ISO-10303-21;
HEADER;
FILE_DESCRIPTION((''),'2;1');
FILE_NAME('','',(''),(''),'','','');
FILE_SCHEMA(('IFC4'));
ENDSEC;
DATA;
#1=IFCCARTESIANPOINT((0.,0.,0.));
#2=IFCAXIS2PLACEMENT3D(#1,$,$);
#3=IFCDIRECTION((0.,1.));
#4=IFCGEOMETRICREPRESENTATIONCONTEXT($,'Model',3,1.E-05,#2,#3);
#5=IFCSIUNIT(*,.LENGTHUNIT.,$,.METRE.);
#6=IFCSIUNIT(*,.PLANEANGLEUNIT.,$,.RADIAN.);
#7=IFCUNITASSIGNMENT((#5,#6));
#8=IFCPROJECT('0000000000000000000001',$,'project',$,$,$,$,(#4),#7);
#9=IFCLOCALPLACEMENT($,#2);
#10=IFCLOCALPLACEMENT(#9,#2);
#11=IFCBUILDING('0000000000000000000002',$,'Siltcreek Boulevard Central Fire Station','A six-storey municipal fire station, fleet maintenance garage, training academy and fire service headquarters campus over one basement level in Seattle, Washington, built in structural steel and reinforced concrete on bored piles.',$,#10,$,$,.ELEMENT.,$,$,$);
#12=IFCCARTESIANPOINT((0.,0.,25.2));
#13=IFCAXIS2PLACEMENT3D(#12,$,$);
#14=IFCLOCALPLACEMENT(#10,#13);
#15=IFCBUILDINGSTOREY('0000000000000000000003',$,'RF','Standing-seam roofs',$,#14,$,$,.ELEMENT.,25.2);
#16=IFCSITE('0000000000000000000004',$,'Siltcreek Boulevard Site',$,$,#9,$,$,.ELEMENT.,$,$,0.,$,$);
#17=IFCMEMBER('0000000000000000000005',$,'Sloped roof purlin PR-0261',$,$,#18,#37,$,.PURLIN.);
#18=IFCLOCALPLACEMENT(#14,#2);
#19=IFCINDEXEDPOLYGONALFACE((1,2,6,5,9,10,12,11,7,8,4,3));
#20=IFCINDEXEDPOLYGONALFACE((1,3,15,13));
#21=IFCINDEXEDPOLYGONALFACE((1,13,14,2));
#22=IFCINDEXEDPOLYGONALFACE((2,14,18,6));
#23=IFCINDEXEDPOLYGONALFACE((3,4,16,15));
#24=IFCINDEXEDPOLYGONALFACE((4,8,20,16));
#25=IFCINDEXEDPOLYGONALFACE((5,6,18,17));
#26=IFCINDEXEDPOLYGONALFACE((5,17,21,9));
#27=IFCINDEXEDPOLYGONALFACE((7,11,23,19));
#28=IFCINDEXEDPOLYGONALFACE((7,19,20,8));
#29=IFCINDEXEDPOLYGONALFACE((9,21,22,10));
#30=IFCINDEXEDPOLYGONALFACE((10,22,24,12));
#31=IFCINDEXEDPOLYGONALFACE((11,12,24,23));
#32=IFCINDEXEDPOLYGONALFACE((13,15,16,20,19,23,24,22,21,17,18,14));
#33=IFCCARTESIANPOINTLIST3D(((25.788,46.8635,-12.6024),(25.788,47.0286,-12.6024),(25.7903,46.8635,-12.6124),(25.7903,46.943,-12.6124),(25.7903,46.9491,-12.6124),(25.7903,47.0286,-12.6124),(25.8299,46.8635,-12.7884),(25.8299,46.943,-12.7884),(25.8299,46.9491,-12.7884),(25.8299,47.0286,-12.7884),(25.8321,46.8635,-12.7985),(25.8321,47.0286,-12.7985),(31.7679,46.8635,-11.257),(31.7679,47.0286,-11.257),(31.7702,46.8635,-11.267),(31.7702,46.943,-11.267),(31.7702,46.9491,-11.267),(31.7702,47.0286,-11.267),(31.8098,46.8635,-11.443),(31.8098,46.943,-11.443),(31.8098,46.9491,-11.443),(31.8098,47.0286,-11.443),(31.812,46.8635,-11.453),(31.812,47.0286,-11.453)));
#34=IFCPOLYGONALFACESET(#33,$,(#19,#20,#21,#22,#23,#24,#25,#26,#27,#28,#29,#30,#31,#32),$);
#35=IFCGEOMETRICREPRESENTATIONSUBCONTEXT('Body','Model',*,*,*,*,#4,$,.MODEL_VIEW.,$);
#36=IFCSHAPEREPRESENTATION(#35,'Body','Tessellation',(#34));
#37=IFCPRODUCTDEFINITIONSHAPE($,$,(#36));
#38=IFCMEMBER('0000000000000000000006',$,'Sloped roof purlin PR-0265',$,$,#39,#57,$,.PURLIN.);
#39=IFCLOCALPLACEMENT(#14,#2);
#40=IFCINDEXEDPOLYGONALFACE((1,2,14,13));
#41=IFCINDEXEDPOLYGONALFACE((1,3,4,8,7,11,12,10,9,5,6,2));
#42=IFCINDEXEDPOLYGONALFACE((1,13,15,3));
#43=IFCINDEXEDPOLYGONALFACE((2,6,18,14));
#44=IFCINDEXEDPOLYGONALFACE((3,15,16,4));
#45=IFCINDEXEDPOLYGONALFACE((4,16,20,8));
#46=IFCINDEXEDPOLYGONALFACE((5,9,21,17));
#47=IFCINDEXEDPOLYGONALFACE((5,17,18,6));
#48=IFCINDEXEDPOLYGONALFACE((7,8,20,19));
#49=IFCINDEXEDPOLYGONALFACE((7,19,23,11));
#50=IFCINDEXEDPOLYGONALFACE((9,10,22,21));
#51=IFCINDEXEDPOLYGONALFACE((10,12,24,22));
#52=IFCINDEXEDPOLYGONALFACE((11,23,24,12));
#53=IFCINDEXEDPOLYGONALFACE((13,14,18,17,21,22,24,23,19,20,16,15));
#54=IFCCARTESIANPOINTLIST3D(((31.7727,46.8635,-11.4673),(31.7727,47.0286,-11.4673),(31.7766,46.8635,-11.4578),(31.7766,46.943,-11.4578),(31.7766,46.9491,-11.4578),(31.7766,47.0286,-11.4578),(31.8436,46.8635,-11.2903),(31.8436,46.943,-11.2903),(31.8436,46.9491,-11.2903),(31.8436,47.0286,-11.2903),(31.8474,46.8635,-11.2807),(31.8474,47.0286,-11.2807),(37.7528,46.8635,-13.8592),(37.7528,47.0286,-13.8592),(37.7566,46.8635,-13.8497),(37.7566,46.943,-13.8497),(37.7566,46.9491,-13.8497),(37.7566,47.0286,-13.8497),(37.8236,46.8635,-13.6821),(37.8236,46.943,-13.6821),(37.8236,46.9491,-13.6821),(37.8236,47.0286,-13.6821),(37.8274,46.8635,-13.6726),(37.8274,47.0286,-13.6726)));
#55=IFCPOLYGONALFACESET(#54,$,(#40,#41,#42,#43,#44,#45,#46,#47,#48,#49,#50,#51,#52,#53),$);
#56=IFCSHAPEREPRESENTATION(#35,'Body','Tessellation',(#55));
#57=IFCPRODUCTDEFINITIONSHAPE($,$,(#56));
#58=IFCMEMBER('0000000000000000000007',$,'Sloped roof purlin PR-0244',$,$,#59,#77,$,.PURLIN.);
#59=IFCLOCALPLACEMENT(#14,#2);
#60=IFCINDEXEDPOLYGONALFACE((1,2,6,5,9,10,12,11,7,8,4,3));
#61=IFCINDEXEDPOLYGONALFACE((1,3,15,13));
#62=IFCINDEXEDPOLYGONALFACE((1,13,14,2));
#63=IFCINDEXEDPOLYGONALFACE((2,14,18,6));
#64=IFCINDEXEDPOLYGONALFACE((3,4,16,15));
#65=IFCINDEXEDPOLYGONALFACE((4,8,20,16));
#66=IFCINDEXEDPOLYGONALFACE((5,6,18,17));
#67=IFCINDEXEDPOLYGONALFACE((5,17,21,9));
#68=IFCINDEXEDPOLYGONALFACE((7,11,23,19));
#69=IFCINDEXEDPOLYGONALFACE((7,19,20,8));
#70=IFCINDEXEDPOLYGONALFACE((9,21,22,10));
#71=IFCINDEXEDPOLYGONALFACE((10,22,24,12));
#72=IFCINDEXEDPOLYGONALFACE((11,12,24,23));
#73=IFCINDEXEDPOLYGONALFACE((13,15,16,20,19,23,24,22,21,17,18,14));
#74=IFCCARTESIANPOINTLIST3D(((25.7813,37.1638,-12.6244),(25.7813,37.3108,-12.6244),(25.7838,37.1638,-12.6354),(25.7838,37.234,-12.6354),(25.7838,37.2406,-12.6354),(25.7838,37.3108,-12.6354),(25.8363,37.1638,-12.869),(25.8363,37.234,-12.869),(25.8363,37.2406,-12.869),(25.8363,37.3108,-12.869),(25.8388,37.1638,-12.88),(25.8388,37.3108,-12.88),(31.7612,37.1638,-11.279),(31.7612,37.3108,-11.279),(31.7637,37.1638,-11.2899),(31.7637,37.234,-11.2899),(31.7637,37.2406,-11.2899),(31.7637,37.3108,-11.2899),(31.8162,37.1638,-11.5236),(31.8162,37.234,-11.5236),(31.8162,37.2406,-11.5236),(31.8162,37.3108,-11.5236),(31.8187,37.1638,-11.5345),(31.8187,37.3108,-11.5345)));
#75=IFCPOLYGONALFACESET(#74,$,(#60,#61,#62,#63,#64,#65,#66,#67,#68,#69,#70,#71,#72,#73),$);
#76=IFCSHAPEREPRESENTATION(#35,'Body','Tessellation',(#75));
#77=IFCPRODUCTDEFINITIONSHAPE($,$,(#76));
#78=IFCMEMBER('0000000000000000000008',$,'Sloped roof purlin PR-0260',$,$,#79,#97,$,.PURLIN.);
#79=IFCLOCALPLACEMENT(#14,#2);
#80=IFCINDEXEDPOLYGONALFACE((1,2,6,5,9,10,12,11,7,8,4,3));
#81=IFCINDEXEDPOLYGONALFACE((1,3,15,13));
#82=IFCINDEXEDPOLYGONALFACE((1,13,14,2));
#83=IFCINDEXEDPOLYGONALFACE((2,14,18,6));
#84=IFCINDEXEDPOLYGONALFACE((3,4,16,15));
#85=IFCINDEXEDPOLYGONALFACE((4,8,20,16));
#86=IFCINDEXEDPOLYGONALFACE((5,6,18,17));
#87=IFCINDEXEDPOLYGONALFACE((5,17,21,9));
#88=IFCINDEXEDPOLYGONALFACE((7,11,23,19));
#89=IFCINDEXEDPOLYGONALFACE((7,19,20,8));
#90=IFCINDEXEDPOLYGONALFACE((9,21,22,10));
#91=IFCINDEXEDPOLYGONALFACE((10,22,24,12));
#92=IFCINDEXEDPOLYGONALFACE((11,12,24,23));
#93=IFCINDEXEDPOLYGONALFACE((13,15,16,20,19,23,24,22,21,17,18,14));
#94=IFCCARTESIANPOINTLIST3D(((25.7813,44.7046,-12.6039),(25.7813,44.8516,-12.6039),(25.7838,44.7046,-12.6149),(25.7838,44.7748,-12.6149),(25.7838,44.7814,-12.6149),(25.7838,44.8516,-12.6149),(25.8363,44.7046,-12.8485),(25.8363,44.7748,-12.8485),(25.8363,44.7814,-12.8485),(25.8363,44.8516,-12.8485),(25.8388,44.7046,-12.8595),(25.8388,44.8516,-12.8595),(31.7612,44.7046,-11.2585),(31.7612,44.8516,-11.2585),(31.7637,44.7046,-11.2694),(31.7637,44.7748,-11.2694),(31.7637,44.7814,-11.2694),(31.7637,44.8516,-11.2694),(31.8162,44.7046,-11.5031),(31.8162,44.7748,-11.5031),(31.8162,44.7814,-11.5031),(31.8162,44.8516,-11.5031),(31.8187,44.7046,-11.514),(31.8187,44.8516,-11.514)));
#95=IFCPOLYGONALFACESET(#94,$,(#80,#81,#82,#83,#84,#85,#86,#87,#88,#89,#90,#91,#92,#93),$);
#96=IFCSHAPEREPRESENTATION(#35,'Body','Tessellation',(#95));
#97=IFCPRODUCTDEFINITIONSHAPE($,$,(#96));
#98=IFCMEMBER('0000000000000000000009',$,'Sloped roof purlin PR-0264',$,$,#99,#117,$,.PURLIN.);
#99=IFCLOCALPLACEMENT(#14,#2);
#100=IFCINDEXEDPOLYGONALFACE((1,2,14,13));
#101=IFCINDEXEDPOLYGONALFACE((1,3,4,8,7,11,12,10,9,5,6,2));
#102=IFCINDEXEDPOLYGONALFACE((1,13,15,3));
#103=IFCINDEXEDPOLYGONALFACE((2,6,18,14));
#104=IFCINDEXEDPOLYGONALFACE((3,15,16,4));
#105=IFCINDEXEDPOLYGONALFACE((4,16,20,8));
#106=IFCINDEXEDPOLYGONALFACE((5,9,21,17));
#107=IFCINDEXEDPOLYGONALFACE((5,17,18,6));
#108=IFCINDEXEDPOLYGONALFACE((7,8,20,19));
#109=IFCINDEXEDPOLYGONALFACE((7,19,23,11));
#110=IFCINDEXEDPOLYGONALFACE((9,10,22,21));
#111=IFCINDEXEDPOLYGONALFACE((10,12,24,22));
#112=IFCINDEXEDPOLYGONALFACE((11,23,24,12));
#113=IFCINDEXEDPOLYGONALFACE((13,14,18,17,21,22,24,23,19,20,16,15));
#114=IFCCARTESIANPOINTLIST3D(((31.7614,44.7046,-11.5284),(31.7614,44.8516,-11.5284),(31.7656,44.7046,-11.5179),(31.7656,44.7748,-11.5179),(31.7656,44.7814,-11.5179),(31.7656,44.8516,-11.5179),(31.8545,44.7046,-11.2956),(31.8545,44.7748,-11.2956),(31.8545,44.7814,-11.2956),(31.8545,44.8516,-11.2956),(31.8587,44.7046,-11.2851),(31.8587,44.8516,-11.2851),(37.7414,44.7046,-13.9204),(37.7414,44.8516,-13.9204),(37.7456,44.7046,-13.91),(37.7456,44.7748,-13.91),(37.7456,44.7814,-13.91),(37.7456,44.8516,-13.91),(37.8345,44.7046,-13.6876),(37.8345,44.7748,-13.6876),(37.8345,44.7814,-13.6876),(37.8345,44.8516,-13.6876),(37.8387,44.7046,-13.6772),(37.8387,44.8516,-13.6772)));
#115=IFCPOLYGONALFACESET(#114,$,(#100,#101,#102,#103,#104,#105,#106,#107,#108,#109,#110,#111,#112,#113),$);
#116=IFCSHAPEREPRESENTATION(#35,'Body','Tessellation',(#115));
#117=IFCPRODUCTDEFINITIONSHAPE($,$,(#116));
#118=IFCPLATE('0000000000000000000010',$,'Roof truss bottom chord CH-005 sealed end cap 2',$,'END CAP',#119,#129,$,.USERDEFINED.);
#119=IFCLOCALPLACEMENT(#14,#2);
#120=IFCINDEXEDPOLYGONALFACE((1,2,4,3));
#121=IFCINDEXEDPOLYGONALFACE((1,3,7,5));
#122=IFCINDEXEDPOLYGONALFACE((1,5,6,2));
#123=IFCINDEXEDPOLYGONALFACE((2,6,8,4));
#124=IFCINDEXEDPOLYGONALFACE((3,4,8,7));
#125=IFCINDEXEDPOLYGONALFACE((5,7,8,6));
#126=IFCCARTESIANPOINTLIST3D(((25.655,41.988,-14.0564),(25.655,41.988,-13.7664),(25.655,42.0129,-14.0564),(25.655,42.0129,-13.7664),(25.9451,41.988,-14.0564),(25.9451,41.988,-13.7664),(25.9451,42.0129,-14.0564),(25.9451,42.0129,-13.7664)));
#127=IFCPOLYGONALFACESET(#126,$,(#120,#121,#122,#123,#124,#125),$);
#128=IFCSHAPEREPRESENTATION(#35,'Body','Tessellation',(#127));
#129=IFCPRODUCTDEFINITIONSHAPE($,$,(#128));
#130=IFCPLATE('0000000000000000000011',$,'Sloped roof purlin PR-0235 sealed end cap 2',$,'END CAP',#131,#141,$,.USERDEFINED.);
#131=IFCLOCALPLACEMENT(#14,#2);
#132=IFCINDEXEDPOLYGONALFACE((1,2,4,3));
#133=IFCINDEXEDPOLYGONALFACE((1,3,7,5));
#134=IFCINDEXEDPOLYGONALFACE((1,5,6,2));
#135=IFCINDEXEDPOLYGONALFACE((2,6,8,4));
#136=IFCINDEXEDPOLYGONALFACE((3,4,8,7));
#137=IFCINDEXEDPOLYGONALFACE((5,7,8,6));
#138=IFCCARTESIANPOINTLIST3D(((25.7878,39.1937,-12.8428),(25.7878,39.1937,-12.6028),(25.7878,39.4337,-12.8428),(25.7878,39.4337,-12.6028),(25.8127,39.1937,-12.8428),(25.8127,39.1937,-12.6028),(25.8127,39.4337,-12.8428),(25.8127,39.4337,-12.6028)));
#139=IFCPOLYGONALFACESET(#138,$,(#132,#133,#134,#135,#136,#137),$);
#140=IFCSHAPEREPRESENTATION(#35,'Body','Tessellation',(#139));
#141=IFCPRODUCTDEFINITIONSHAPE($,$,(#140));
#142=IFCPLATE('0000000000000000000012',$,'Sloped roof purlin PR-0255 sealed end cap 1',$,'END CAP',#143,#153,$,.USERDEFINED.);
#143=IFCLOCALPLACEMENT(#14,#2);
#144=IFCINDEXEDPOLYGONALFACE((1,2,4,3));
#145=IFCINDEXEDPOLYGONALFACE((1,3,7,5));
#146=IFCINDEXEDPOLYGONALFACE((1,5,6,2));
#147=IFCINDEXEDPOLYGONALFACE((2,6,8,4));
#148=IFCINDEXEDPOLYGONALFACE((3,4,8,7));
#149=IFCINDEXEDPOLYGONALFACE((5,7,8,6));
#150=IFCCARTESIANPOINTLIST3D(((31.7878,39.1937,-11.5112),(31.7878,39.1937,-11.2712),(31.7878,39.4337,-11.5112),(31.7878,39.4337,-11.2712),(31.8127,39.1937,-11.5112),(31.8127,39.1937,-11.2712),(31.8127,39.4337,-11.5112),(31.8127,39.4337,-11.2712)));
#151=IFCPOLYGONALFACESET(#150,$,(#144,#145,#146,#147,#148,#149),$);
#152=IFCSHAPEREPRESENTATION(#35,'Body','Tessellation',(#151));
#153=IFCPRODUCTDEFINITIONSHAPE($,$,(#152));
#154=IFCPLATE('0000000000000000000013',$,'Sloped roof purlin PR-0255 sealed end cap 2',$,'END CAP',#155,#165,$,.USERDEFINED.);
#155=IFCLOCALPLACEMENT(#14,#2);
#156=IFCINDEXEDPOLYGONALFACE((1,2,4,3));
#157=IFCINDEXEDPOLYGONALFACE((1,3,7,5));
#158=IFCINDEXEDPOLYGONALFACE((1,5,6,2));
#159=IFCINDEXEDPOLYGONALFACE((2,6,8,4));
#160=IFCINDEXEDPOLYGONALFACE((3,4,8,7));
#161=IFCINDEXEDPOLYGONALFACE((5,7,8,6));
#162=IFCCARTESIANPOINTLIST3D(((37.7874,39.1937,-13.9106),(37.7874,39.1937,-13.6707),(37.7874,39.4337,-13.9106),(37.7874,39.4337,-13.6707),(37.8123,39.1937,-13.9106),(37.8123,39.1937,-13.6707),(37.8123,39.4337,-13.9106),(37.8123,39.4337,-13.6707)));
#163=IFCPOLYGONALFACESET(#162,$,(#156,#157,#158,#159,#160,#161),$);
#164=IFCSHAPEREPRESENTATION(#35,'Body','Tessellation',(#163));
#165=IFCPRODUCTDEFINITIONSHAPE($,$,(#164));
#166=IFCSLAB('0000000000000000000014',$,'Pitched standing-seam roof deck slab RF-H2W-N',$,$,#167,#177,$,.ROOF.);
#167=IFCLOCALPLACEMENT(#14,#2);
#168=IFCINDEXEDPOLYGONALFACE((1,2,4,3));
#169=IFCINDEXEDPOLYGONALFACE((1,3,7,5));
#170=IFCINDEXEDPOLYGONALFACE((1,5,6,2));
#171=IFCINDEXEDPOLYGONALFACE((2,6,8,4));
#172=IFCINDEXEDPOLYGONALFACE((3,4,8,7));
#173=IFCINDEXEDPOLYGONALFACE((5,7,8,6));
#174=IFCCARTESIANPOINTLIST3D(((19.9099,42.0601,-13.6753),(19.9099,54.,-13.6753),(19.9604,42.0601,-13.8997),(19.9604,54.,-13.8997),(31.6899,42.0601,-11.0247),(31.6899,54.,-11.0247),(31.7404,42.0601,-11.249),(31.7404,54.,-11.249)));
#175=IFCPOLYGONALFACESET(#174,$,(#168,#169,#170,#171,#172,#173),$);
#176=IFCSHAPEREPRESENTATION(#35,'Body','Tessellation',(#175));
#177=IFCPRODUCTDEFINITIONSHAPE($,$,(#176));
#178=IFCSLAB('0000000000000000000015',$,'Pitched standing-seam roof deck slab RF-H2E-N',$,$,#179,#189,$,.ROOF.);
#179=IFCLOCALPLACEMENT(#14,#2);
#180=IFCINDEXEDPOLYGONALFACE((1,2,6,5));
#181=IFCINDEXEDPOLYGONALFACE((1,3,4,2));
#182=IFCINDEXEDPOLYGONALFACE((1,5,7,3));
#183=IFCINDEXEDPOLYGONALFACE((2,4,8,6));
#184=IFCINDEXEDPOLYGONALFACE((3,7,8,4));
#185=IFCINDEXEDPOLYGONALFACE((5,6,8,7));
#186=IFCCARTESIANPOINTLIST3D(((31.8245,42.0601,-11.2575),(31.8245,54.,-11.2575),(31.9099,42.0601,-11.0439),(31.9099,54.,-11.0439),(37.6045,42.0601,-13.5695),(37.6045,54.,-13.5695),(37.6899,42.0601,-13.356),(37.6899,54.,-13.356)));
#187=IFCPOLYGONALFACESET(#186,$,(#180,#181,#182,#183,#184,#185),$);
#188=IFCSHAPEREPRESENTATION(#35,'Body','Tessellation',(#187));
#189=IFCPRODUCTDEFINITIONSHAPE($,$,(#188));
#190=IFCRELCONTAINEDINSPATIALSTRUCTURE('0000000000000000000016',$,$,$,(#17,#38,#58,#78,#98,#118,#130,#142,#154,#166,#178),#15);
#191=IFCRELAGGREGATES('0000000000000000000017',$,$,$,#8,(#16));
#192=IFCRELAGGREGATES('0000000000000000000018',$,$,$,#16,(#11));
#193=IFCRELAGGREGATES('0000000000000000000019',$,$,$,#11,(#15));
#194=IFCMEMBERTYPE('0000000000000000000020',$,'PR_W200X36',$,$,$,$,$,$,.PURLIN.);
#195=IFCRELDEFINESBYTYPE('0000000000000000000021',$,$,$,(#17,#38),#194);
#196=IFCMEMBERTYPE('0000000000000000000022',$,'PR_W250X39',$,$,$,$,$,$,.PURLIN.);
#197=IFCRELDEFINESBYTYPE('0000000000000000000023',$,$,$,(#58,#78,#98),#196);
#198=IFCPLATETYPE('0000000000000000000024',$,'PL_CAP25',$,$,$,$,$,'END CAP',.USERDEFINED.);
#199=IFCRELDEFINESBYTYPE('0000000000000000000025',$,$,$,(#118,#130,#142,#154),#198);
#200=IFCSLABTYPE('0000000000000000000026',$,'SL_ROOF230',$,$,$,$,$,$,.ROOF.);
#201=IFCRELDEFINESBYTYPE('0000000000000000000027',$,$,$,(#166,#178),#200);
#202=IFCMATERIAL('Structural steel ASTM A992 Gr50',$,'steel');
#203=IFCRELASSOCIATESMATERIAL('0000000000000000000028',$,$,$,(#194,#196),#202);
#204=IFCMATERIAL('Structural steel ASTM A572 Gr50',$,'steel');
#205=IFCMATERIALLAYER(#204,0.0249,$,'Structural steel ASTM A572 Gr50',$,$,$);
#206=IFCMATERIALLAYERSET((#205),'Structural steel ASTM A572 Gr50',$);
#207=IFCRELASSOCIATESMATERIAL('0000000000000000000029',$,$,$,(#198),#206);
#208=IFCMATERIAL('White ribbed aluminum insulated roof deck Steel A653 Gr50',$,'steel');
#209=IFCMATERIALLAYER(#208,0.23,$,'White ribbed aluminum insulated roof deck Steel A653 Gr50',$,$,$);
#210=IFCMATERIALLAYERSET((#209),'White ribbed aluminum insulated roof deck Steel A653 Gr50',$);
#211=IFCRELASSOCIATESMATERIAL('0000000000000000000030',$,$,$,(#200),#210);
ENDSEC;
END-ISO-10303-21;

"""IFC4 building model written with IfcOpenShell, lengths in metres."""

from ifc_helpers import new_model, si_unit, direction, frame, origin, origin_2d, place, context, subcontext, project, spatial, polyline, rectangle, i_section, outline, extrude, material, layer, layer_set, material_profile, profile_set, type_object, element, save


model = new_model("IFC4")

# Units and contexts
model_context = context("Model", 3, precision=1e-05, world=origin(), true_north=direction((0.0, 1.0)))
body_context = subcontext(model_context, "Body", "Model", "MODEL_VIEW")
ifc_project = project(units=[si_unit("LENGTHUNIT", "METRE"), si_unit("PLANEANGLEUNIT", "RADIAN")], contexts=[model_context])

# Site, building, storey
site_placement = place(None, origin())
site = spatial("IfcSite", under=ifc_project, at=site_placement, Name="Siltcreek Boulevard Site", CompositionType="ELEMENT", RefElevation=0.0)
building_placement = place(site_placement, origin())
building = spatial("IfcBuilding", under=site, at=building_placement, Name="Siltcreek Boulevard Central Fire Station", Description="A six-storey municipal fire station, fleet maintenance garage, training academy and fire service headquarters campus over one basement level in Seattle, Washington, built in structural steel and reinforced concrete on bored piles.", CompositionType="ELEMENT")
storey_placement = place(building_placement, frame((0.0, 0.0, 25.2)))
storey = spatial("IfcBuildingStorey", under=building, at=storey_placement, Name="RF", Description="Standing-seam roofs", CompositionType="ELEMENT", Elevation=25.2)

# Shared definitions
ifc_material_1 = material(Name="Structural steel ASTM A992 Gr50", Category="steel")

# Members
ifc_material_profile_1 = material_profile(ifc_material_1, i_section(OverallWidth=0.165, OverallDepth=0.2009, WebThickness=0.0061, FlangeThickness=0.0103, at=origin_2d()), Name="W200X36")
ifc_profile_set_1 = profile_set([ifc_material_profile_1], Name="Structural steel ASTM A992 Gr50")
member_type_1 = type_object("IfcMemberType", Name="PR_W200X36", PredefinedType="PURLIN", material=ifc_profile_set_1)
for number, where, z_axis, x_axis, name in (
    (1, (25.8101, 46.946, -12.7004), (0.975611, 0.0, 0.219507), (0.0, 1.0, 0.0), "Sloped roof purlin PR-0261"),
):
    element("IfcMember", number, at=place(storey_placement, frame(where, z_axis=z_axis, x_axis=x_axis)), inside=storey, type_object=member_type_1, Name=name, PredefinedType="PURLIN", context=body_context, shape_type="SweptSolid", body=[
        extrude(i_section(OverallWidth=0.165, OverallDepth=0.2009, WebThickness=0.0061, FlangeThickness=0.0103, at=origin_2d()), origin(), (0.0, 0.0, 1.0), 6.1294),
    ])
member_1_placement = place(storey_placement, frame((31.8101, 46.946, -11.374), z_axis=(0.928485, 0.0, -0.371371), x_axis=(0.0, 1.0, 0.0)))
element("IfcMember", 2, at=member_1_placement, inside=storey, type_object=member_type_1, Name="Sloped roof purlin PR-0265", PredefinedType="PURLIN", context=body_context, shape_type="SweptSolid", body=[
    extrude(i_section(OverallWidth=0.165, OverallDepth=0.2009, WebThickness=0.0061, FlangeThickness=0.0103, at=origin_2d()), origin(), (0.0, 0.0, 1.0), 6.4407),
])
ifc_material_profile_2 = material_profile(ifc_material_1, i_section(OverallWidth=0.147, OverallDepth=0.262, WebThickness=0.0066, FlangeThickness=0.0112, at=origin_2d()), Name="W250X39")
ifc_profile_set_2 = profile_set([ifc_material_profile_2], Name="Structural steel ASTM A992 Gr50")
member_type_2 = type_object("IfcMemberType", Name="PR_W250X39", PredefinedType="PURLIN", material=ifc_profile_set_2)
for number, where, z_axis, x_axis, name in (
    (3, (25.8101, 37.2373, -12.7522), (0.975611, 0.0, 0.219507), (0.0, 1.0, 0.0), "Sloped roof purlin PR-0244"),
    (4, (25.8101, 44.7781, -12.7317), (0.975611, 0.0, 0.219507), (0.0, 1.0, 0.0), "Sloped roof purlin PR-0260"),
):
    element("IfcMember", number, at=place(storey_placement, frame(where, z_axis=z_axis, x_axis=x_axis)), inside=storey, type_object=member_type_2, Name=name, PredefinedType="PURLIN", context=body_context, shape_type="SweptSolid", body=[
        extrude(i_section(OverallWidth=0.147, OverallDepth=0.262, WebThickness=0.0066, FlangeThickness=0.0112, at=origin_2d()), origin(), (0.0, 0.0, 1.0), 6.1294),
    ])
member_2_placement = place(storey_placement, frame((31.8101, 44.7781, -11.4067), z_axis=(0.928471, 0.0, -0.371404), x_axis=(0.0, 1.0, 0.0)))
element("IfcMember", 5, at=member_2_placement, inside=storey, type_object=member_type_2, Name="Sloped roof purlin PR-0264", PredefinedType="PURLIN", context=body_context, shape_type="SweptSolid", body=[
    extrude(i_section(OverallWidth=0.147, OverallDepth=0.262, WebThickness=0.0066, FlangeThickness=0.0112, at=origin_2d()), origin(), (0.0, 0.0, 1.0), 6.4407),
])

# Plates
ifc_material_2 = material(Name="Structural steel ASTM A572 Gr50", Category="steel")
ifc_layer_1 = layer(ifc_material_2, 0.0249, Name="Structural steel ASTM A572 Gr50")
ifc_layer_set_1 = layer_set([ifc_layer_1], Name="Structural steel ASTM A572 Gr50")
plate_type = type_object("IfcPlateType", Name="PL_CAP25", ElementType="END CAP", PredefinedType="USERDEFINED", material=ifc_layer_set_1)
plate_placement = place(storey_placement, frame((25.8, 42.0005, -14.0564), z_axis=(0.0, 0.0, 1.0), x_axis=(0.0, 1.0, 0.0)))
element("IfcPlate", 6, at=plate_placement, inside=storey, type_object=plate_type, Name="Roof truss bottom chord CH-005 sealed end cap 2", ObjectType="END CAP", PredefinedType="USERDEFINED", context=body_context, shape_type="SweptSolid", body=[
    extrude(rectangle(XDim=0.0249, YDim=0.29, at=origin_2d()), origin(), (0.0, 0.0, 1.0), 0.29),
])
for number, where, z_axis, x_axis, name in (
    (7, (25.8003, 39.3137, -12.8428), (0.0, 0.0, 1.0), (1.0, 0.0, 0.0), "Sloped roof purlin PR-0235 sealed end cap 2"),
    (8, (31.8003, 39.3137, -11.5112), (0.0, 0.0, 1.0), (1.0, 0.0, 0.0), "Sloped roof purlin PR-0255 sealed end cap 1"),
    (9, (37.7998, 39.3137, -13.9106), (0.0, 0.0, 1.0), (1.0, 0.0, 0.0), "Sloped roof purlin PR-0255 sealed end cap 2"),
):
    element("IfcPlate", number, at=place(storey_placement, frame(where, z_axis=z_axis, x_axis=x_axis)), inside=storey, type_object=plate_type, Name=name, ObjectType="END CAP", PredefinedType="USERDEFINED", context=body_context, shape_type="SweptSolid", body=[
        extrude(rectangle(XDim=0.0249, YDim=0.24, at=origin_2d()), origin(), (0.0, 0.0, 1.0), 0.24),
    ])

# Slabs
ifc_material_3 = material(Name="White ribbed aluminum insulated roof deck Steel A653 Gr50", Category="steel")
ifc_layer_2 = layer(ifc_material_3, 0.23, Name="White ribbed aluminum insulated roof deck Steel A653 Gr50")
ifc_layer_set_2 = layer_set([ifc_layer_2], Name="White ribbed aluminum insulated roof deck Steel A653 Gr50")
slab_type = type_object("IfcSlabType", Name="SL_ROOF230", PredefinedType="ROOF", material=ifc_layer_set_2)
slab_1_placement = place(storey_placement, frame((19.9099, 42.0601, -13.6753), z_axis=(-0.219522, 0.0, 0.975607), x_axis=(0.975607, 0.0, 0.219522)))
element("IfcSlab", 10, at=slab_1_placement, inside=storey, type_object=slab_type, Name="Pitched standing-seam roof deck slab RF-H2W-N", PredefinedType="ROOF", context=body_context, shape_type="SweptSolid", body=[
    extrude(outline(polyline([(0.0, 0.0), (12.0746, 0.0), (12.0746, 11.9399), (0.0, 11.9399), (0.0, 0.0)])), origin(), (0.0, 0.0, -1.0), 0.23),
])
slab_2_placement = place(storey_placement, frame((31.9099, 42.0601, -11.0439), z_axis=(0.371391, 0.0, 0.928477), x_axis=(0.928477, 0.0, -0.371391)))
element("IfcSlab", 11, at=slab_2_placement, inside=storey, type_object=slab_type, Name="Pitched standing-seam roof deck slab RF-H2E-N", PredefinedType="ROOF", context=body_context, shape_type="SweptSolid", body=[
    extrude(outline(polyline([(0.0, 0.0), (6.2253, 0.0), (6.2253, 11.9399), (0.0, 11.9399), (0.0, 0.0)])), origin(), (0.0, 0.0, -1.0), 0.23),
])

save(model, "model.ifc")
